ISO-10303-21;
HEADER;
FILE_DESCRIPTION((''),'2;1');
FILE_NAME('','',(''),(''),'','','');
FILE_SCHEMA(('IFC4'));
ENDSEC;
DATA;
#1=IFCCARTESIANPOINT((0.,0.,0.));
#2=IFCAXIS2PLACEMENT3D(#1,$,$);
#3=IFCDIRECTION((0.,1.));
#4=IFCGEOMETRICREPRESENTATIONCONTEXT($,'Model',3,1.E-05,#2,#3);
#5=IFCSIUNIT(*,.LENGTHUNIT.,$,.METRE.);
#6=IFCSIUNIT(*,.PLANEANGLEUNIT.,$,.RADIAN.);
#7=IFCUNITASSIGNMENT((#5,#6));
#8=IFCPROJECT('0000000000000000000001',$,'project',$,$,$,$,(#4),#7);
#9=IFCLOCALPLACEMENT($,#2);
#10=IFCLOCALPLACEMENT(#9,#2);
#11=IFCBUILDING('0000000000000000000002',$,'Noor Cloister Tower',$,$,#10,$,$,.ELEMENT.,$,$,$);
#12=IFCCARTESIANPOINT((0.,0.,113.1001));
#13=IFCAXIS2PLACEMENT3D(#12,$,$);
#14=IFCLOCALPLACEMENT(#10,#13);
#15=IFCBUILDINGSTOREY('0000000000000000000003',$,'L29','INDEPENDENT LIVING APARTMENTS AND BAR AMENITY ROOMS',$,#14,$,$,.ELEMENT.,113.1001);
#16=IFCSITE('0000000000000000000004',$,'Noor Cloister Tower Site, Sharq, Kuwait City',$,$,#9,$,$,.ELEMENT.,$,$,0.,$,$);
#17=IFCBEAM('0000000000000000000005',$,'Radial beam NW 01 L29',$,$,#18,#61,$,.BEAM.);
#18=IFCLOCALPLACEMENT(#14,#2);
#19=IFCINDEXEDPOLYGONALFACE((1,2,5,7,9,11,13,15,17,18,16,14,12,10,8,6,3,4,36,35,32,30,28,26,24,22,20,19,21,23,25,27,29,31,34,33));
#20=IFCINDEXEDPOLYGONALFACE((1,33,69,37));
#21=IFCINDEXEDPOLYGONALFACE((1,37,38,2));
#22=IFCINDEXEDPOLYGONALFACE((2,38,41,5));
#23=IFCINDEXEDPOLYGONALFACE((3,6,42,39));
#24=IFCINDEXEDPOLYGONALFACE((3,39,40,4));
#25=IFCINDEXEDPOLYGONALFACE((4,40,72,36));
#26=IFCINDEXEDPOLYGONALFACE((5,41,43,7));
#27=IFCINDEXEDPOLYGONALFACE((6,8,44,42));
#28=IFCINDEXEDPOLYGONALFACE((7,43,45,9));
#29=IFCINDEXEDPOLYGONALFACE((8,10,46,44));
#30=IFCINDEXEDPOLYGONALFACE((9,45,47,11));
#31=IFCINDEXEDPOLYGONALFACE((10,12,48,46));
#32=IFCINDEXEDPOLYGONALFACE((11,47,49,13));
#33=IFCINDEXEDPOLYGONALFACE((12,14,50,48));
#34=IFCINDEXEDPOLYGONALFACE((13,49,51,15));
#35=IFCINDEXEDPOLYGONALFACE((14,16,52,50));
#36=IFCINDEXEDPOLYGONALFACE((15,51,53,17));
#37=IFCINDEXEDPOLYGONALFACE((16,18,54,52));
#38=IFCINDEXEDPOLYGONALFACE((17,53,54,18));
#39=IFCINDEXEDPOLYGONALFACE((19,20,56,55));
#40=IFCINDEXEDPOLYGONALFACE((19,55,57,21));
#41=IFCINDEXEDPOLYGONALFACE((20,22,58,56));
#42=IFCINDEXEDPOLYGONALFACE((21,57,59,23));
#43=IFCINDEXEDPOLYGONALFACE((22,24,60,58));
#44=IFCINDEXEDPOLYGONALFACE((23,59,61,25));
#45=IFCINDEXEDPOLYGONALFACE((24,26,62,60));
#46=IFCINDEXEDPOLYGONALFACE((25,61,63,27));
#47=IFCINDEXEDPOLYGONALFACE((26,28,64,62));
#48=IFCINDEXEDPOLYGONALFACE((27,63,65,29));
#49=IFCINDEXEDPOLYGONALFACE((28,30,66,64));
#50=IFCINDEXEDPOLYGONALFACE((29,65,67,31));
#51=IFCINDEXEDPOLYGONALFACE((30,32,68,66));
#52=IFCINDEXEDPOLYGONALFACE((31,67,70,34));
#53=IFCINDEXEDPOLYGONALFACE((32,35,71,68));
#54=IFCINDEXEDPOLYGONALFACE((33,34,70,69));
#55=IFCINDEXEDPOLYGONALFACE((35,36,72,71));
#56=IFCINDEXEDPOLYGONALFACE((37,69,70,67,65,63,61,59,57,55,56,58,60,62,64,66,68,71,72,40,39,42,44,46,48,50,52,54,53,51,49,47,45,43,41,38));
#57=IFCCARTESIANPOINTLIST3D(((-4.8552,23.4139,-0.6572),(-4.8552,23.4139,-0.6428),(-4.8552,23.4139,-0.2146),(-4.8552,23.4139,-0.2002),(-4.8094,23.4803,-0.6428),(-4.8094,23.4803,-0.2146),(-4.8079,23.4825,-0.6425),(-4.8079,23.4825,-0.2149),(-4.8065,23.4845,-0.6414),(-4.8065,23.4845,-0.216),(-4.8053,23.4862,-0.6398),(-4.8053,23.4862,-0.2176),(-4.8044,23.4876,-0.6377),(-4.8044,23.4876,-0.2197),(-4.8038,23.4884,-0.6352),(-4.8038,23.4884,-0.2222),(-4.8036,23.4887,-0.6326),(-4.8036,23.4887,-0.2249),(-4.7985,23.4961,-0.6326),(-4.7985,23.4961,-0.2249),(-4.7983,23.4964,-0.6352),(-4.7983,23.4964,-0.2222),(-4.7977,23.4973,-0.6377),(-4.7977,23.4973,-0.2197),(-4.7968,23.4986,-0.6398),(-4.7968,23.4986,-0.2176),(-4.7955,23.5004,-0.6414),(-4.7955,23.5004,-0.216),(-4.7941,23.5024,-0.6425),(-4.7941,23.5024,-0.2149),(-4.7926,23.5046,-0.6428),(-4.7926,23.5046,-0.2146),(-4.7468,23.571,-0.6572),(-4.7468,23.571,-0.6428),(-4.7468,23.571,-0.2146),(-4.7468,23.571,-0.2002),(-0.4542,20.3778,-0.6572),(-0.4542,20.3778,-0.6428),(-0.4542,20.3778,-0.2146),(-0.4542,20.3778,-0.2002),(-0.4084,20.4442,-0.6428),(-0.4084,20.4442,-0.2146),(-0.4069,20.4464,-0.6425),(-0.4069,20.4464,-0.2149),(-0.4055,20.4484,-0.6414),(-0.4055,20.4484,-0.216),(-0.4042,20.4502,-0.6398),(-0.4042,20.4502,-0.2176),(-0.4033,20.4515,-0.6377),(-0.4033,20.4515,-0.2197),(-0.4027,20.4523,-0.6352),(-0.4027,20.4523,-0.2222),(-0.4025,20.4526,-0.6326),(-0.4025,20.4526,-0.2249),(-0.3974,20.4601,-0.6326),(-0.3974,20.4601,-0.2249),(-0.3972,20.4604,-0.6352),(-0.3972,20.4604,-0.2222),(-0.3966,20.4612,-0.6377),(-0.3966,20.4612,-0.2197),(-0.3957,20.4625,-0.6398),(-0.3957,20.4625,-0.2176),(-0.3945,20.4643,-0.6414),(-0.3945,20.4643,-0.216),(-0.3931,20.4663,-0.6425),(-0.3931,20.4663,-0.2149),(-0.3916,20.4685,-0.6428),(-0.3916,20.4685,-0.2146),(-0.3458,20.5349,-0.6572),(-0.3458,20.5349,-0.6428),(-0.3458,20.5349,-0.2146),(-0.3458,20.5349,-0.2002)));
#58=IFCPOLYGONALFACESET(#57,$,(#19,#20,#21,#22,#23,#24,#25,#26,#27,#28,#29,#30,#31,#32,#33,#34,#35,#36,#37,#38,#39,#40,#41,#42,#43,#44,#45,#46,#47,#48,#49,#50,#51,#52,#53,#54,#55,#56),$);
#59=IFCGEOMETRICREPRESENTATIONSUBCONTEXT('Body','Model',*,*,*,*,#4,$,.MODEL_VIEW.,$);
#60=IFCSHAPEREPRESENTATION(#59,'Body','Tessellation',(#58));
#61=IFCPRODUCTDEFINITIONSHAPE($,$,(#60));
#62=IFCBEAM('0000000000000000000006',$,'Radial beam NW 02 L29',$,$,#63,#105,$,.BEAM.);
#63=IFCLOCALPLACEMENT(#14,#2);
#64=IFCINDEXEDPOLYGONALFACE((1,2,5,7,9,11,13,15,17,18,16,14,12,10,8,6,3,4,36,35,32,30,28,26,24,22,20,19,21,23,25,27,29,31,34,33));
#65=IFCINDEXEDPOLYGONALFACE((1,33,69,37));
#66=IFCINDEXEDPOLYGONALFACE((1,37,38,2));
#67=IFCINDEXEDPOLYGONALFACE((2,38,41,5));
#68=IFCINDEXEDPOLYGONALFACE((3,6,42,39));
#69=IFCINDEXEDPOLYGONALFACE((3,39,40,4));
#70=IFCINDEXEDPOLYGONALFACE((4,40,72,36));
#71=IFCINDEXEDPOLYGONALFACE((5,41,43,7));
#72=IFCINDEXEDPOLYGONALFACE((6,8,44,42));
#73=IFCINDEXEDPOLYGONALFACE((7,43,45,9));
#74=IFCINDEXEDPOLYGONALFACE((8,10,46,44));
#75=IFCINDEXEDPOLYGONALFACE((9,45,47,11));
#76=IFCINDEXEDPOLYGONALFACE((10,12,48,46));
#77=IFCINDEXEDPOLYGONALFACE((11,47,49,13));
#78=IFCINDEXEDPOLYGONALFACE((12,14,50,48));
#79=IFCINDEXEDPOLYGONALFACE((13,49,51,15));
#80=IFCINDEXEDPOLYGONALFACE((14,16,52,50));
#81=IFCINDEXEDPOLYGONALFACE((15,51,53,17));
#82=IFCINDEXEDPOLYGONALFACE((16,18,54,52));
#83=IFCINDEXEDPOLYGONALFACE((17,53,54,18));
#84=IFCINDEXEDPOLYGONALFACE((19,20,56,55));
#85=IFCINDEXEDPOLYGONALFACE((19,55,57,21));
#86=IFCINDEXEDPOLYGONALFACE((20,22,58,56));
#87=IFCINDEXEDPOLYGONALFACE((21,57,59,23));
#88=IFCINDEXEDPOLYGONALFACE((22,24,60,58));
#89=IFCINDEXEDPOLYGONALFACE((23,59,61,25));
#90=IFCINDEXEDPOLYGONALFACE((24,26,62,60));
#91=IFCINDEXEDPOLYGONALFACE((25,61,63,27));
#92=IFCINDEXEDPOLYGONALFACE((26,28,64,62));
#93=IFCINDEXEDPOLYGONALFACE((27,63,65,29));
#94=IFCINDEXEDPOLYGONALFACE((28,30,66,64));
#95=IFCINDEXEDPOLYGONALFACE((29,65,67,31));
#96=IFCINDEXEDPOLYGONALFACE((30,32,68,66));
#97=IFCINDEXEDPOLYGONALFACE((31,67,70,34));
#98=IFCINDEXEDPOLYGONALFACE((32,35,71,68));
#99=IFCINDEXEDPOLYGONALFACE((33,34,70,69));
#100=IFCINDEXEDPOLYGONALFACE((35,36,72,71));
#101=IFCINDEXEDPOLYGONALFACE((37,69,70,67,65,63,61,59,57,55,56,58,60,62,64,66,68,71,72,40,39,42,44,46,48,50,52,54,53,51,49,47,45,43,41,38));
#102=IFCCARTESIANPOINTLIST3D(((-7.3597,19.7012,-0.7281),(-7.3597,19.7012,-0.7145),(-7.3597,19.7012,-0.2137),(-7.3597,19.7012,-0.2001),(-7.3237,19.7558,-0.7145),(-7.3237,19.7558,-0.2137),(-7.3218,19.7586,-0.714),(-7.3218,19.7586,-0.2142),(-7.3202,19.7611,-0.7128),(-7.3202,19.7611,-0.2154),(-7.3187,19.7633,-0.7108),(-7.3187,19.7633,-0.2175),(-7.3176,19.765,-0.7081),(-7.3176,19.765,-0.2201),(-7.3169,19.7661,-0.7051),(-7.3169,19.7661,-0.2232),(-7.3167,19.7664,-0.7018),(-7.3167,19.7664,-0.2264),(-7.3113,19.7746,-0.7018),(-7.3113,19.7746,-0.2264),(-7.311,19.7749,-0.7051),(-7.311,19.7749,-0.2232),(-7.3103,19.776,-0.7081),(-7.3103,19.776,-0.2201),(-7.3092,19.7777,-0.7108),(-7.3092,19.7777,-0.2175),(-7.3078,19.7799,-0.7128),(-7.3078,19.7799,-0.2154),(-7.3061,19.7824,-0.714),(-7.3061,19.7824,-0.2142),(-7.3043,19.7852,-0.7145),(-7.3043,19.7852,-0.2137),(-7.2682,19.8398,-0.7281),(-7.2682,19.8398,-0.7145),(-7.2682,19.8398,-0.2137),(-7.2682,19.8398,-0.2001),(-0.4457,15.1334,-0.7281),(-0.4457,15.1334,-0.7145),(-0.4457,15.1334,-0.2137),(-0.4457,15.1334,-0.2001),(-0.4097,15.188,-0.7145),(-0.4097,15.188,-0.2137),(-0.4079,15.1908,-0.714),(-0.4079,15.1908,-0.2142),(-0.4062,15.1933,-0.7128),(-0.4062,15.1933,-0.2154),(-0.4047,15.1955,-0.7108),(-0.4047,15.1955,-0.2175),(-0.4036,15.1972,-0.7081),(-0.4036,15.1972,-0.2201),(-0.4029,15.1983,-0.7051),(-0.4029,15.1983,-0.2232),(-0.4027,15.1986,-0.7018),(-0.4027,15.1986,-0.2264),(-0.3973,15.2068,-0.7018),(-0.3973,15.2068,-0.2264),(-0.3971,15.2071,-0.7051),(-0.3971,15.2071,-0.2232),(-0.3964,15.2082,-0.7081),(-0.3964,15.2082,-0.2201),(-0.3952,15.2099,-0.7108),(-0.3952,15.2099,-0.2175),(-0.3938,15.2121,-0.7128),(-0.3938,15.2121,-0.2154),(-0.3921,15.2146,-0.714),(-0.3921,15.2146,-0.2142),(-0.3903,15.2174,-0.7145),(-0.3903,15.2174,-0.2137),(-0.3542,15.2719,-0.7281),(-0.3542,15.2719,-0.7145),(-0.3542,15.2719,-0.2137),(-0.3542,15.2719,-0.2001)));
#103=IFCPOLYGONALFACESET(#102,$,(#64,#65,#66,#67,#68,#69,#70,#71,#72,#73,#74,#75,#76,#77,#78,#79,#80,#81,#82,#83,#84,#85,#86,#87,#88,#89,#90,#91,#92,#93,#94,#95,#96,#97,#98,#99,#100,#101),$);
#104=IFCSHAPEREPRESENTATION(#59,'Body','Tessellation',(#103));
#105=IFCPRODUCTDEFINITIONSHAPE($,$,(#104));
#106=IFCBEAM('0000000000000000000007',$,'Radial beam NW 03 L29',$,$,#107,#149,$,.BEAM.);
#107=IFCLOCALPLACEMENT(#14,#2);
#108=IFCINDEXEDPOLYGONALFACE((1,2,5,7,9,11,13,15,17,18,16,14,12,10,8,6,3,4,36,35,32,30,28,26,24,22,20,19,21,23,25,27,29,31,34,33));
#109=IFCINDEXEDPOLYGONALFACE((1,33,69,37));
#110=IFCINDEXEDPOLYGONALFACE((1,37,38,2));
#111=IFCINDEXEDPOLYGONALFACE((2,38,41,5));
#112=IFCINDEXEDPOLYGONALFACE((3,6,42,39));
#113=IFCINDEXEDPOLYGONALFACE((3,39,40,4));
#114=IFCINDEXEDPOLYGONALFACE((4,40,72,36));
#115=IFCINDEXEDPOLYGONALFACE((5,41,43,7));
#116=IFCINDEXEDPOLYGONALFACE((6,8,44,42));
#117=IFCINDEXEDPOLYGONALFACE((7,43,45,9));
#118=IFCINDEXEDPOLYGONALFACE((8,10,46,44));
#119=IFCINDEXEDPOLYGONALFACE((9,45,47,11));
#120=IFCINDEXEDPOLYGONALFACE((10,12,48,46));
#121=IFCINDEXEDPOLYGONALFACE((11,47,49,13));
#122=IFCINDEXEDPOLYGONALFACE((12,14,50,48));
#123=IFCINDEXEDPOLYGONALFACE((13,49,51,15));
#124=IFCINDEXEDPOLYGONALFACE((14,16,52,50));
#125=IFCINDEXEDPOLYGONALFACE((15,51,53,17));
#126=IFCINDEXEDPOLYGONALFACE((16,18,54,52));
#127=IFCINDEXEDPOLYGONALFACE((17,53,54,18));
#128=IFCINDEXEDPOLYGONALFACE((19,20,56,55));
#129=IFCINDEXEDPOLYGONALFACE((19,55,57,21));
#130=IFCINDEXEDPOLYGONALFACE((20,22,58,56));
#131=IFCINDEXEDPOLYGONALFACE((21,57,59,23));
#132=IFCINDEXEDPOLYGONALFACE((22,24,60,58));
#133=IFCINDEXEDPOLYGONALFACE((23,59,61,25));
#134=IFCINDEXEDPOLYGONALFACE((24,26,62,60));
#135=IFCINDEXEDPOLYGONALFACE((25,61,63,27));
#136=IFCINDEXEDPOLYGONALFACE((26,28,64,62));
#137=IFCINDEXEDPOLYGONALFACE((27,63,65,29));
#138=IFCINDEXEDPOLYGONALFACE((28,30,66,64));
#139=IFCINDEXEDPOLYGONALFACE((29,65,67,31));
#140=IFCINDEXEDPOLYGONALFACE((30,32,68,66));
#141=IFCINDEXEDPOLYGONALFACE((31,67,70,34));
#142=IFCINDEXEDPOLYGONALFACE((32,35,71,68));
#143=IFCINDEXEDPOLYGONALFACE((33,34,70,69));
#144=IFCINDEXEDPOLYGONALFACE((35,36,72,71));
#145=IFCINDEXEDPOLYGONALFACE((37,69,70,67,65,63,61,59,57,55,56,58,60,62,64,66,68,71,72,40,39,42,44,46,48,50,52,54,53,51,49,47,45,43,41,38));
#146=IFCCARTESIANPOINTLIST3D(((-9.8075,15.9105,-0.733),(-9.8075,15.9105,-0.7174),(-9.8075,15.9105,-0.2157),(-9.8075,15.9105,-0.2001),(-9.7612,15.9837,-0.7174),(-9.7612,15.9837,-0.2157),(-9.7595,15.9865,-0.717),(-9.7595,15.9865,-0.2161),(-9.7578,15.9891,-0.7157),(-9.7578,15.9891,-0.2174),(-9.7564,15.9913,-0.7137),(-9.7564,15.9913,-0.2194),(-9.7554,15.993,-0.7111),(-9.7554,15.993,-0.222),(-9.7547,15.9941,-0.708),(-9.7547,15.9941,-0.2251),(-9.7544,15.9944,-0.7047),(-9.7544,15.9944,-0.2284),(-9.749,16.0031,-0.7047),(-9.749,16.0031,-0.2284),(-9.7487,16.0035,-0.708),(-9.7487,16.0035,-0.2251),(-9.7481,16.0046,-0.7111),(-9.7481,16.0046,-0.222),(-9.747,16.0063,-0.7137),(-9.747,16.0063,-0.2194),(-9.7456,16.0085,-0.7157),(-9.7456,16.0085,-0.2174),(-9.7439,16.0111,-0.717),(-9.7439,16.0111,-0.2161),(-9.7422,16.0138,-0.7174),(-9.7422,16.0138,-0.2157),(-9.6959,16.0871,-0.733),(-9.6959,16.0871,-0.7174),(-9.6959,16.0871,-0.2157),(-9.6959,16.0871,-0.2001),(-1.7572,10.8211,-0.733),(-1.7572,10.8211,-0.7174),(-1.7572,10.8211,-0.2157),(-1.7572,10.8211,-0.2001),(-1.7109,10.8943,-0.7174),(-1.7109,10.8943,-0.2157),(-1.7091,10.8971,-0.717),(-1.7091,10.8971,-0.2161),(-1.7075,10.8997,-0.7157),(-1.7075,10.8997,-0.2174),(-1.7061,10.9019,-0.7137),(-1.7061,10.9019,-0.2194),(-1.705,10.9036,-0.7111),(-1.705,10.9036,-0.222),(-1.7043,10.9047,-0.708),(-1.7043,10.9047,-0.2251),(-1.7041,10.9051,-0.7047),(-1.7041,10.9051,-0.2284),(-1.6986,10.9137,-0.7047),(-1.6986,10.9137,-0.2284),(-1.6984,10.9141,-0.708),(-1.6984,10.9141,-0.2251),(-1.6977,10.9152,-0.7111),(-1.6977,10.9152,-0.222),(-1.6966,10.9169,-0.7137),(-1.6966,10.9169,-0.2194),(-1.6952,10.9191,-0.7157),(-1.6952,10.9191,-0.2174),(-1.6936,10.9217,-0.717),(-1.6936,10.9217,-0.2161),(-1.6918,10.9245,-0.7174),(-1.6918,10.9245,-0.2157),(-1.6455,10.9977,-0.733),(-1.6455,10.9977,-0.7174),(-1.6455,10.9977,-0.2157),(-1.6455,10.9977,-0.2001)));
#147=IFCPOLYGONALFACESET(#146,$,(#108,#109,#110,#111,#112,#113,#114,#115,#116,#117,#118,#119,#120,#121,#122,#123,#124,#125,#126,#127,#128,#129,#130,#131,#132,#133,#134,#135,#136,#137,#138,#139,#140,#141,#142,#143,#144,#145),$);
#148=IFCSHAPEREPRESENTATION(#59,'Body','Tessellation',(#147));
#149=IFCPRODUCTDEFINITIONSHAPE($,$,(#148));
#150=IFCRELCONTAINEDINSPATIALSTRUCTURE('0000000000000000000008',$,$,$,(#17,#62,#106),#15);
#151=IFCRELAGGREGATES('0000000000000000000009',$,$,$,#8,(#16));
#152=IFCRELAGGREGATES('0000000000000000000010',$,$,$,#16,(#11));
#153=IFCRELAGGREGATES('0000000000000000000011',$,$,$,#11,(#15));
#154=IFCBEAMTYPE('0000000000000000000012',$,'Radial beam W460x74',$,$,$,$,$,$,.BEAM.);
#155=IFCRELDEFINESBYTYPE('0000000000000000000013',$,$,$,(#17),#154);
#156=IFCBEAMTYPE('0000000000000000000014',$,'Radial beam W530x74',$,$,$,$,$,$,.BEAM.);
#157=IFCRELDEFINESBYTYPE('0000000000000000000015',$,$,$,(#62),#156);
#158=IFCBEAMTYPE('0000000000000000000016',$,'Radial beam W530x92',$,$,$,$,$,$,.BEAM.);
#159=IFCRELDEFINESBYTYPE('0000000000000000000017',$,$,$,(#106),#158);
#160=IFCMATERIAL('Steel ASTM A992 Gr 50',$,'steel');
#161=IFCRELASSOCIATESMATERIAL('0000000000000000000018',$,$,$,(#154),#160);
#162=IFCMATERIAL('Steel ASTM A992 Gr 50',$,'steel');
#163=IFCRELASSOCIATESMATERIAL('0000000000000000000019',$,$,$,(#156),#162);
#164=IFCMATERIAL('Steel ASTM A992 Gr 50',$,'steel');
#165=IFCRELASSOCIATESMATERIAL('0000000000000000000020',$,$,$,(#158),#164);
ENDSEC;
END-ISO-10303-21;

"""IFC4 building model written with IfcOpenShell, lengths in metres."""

from ifc_helpers import new_model, si_unit, direction, frame, origin, origin_2d, place, context, subcontext, project, spatial, i_section, extrude, material, material_profile, profile_set, type_object, element, save


model = new_model("IFC4")

# Units and contexts
model_context = context("Model", 3, precision=1e-05, world=origin(), true_north=direction((0.0, 1.0)))
body_context = subcontext(model_context, "Body", "Model", "MODEL_VIEW")
ifc_project = project(units=[si_unit("LENGTHUNIT", "METRE"), si_unit("PLANEANGLEUNIT", "RADIAN")], contexts=[model_context])

# Site, building, storey
site_placement = place(None, origin())
site = spatial("IfcSite", under=ifc_project, at=site_placement, Name="Noor Cloister Tower Site, Sharq, Kuwait City", CompositionType="ELEMENT", RefElevation=0.0)
building_placement = place(site_placement, origin())
building = spatial("IfcBuilding", under=site, at=building_placement, Name="Noor Cloister Tower", CompositionType="ELEMENT")
storey_placement = place(building_placement, frame((0.0, 0.0, 113.1001)))
storey = spatial("IfcBuildingStorey", under=building, at=storey_placement, Name="L29", Description="INDEPENDENT LIVING APARTMENTS AND BAR AMENITY ROOMS", CompositionType="ELEMENT", Elevation=113.1001)

# Beams
ifc_material_1 = material(Name="Steel ASTM A992 Gr 50", Category="steel")
ifc_material_profile_1 = material_profile(ifc_material_1, i_section(OverallWidth=0.1909, OverallDepth=0.457, WebThickness=0.009, FlangeThickness=0.0144, FilletRadius=0.0103, at=origin_2d()), Name="W460x74")
ifc_profile_set_1 = profile_set([ifc_material_profile_1], Name="Steel ASTM A992 Gr 50")
beam_type_1 = type_object("IfcBeamType", Name="Radial beam W460x74", PredefinedType="BEAM", material=ifc_profile_set_1)
beam_1_placement = place(storey_placement, frame((-4.801, 23.4924, -0.4287), z_axis=(0.823136, -0.567844, 0.0), x_axis=(0.567844, 0.823136, 0.0)))
element("IfcBeam", 1, at=beam_1_placement, inside=storey, type_object=beam_type_1, Name="Radial beam NW 01 L29", PredefinedType="BEAM", context=body_context, shape_type="SweptSolid", body=[
    extrude(i_section(OverallWidth=0.1909, OverallDepth=0.457, WebThickness=0.009, FlangeThickness=0.0144, FilletRadius=0.0103, at=origin_2d()), origin(), (0.0, 0.0, 1.0), 5.3467),
])
ifc_material_2 = material(Name="Steel ASTM A992 Gr 50", Category="steel")
ifc_material_profile_2 = material_profile(ifc_material_2, i_section(OverallWidth=0.166, OverallDepth=0.5281, WebThickness=0.0098, FlangeThickness=0.0137, FilletRadius=0.0127, at=origin_2d()), Name="W530x74")
ifc_profile_set_2 = profile_set([ifc_material_profile_2], Name="Steel ASTM A992 Gr 50")
beam_type_2 = type_object("IfcBeamType", Name="Radial beam W530x74", PredefinedType="BEAM", material=ifc_profile_set_2)
beam_2_placement = place(storey_placement, frame((-7.314, 19.7705, -0.4641), z_axis=(0.834355, -0.551228, 0.0), x_axis=(0.551228, 0.834355, 0.0)))
element("IfcBeam", 2, at=beam_2_placement, inside=storey, type_object=beam_type_2, Name="Radial beam NW 02 L29", PredefinedType="BEAM", context=body_context, shape_type="SweptSolid", body=[
    extrude(i_section(OverallWidth=0.166, OverallDepth=0.5281, WebThickness=0.0098, FlangeThickness=0.0137, FilletRadius=0.0127, at=origin_2d()), origin(), (0.0, 0.0, 1.0), 8.2866),
])
ifc_material_3 = material(Name="Steel ASTM A992 Gr 50", Category="steel")
ifc_material_profile_3 = material_profile(ifc_material_3, i_section(OverallWidth=0.209, OverallDepth=0.533, WebThickness=0.0103, FlangeThickness=0.0156, FilletRadius=0.0127, at=origin_2d()), Name="W530x92")
ifc_profile_set_3 = profile_set([ifc_material_profile_3], Name="Steel ASTM A992 Gr 50")
beam_type_3 = type_object("IfcBeamType", Name="Radial beam W530x92", PredefinedType="BEAM", material=ifc_profile_set_3)
beam_3_placement = place(storey_placement, frame((-9.7517, 15.9988, -0.4666), z_axis=(0.845254, -0.534365, 0.0), x_axis=(0.534365, 0.845254, 0.0)))
element("IfcBeam", 3, at=beam_3_placement, inside=storey, type_object=beam_type_3, Name="Radial beam NW 03 L29", PredefinedType="BEAM", context=body_context, shape_type="SweptSolid", body=[
    extrude(i_section(OverallWidth=0.209, OverallDepth=0.533, WebThickness=0.0103, FlangeThickness=0.0156, FilletRadius=0.0127, at=origin_2d()), origin(), (0.0, 0.0, 1.0), 9.5242),
])

save(model, "model.ifc")
